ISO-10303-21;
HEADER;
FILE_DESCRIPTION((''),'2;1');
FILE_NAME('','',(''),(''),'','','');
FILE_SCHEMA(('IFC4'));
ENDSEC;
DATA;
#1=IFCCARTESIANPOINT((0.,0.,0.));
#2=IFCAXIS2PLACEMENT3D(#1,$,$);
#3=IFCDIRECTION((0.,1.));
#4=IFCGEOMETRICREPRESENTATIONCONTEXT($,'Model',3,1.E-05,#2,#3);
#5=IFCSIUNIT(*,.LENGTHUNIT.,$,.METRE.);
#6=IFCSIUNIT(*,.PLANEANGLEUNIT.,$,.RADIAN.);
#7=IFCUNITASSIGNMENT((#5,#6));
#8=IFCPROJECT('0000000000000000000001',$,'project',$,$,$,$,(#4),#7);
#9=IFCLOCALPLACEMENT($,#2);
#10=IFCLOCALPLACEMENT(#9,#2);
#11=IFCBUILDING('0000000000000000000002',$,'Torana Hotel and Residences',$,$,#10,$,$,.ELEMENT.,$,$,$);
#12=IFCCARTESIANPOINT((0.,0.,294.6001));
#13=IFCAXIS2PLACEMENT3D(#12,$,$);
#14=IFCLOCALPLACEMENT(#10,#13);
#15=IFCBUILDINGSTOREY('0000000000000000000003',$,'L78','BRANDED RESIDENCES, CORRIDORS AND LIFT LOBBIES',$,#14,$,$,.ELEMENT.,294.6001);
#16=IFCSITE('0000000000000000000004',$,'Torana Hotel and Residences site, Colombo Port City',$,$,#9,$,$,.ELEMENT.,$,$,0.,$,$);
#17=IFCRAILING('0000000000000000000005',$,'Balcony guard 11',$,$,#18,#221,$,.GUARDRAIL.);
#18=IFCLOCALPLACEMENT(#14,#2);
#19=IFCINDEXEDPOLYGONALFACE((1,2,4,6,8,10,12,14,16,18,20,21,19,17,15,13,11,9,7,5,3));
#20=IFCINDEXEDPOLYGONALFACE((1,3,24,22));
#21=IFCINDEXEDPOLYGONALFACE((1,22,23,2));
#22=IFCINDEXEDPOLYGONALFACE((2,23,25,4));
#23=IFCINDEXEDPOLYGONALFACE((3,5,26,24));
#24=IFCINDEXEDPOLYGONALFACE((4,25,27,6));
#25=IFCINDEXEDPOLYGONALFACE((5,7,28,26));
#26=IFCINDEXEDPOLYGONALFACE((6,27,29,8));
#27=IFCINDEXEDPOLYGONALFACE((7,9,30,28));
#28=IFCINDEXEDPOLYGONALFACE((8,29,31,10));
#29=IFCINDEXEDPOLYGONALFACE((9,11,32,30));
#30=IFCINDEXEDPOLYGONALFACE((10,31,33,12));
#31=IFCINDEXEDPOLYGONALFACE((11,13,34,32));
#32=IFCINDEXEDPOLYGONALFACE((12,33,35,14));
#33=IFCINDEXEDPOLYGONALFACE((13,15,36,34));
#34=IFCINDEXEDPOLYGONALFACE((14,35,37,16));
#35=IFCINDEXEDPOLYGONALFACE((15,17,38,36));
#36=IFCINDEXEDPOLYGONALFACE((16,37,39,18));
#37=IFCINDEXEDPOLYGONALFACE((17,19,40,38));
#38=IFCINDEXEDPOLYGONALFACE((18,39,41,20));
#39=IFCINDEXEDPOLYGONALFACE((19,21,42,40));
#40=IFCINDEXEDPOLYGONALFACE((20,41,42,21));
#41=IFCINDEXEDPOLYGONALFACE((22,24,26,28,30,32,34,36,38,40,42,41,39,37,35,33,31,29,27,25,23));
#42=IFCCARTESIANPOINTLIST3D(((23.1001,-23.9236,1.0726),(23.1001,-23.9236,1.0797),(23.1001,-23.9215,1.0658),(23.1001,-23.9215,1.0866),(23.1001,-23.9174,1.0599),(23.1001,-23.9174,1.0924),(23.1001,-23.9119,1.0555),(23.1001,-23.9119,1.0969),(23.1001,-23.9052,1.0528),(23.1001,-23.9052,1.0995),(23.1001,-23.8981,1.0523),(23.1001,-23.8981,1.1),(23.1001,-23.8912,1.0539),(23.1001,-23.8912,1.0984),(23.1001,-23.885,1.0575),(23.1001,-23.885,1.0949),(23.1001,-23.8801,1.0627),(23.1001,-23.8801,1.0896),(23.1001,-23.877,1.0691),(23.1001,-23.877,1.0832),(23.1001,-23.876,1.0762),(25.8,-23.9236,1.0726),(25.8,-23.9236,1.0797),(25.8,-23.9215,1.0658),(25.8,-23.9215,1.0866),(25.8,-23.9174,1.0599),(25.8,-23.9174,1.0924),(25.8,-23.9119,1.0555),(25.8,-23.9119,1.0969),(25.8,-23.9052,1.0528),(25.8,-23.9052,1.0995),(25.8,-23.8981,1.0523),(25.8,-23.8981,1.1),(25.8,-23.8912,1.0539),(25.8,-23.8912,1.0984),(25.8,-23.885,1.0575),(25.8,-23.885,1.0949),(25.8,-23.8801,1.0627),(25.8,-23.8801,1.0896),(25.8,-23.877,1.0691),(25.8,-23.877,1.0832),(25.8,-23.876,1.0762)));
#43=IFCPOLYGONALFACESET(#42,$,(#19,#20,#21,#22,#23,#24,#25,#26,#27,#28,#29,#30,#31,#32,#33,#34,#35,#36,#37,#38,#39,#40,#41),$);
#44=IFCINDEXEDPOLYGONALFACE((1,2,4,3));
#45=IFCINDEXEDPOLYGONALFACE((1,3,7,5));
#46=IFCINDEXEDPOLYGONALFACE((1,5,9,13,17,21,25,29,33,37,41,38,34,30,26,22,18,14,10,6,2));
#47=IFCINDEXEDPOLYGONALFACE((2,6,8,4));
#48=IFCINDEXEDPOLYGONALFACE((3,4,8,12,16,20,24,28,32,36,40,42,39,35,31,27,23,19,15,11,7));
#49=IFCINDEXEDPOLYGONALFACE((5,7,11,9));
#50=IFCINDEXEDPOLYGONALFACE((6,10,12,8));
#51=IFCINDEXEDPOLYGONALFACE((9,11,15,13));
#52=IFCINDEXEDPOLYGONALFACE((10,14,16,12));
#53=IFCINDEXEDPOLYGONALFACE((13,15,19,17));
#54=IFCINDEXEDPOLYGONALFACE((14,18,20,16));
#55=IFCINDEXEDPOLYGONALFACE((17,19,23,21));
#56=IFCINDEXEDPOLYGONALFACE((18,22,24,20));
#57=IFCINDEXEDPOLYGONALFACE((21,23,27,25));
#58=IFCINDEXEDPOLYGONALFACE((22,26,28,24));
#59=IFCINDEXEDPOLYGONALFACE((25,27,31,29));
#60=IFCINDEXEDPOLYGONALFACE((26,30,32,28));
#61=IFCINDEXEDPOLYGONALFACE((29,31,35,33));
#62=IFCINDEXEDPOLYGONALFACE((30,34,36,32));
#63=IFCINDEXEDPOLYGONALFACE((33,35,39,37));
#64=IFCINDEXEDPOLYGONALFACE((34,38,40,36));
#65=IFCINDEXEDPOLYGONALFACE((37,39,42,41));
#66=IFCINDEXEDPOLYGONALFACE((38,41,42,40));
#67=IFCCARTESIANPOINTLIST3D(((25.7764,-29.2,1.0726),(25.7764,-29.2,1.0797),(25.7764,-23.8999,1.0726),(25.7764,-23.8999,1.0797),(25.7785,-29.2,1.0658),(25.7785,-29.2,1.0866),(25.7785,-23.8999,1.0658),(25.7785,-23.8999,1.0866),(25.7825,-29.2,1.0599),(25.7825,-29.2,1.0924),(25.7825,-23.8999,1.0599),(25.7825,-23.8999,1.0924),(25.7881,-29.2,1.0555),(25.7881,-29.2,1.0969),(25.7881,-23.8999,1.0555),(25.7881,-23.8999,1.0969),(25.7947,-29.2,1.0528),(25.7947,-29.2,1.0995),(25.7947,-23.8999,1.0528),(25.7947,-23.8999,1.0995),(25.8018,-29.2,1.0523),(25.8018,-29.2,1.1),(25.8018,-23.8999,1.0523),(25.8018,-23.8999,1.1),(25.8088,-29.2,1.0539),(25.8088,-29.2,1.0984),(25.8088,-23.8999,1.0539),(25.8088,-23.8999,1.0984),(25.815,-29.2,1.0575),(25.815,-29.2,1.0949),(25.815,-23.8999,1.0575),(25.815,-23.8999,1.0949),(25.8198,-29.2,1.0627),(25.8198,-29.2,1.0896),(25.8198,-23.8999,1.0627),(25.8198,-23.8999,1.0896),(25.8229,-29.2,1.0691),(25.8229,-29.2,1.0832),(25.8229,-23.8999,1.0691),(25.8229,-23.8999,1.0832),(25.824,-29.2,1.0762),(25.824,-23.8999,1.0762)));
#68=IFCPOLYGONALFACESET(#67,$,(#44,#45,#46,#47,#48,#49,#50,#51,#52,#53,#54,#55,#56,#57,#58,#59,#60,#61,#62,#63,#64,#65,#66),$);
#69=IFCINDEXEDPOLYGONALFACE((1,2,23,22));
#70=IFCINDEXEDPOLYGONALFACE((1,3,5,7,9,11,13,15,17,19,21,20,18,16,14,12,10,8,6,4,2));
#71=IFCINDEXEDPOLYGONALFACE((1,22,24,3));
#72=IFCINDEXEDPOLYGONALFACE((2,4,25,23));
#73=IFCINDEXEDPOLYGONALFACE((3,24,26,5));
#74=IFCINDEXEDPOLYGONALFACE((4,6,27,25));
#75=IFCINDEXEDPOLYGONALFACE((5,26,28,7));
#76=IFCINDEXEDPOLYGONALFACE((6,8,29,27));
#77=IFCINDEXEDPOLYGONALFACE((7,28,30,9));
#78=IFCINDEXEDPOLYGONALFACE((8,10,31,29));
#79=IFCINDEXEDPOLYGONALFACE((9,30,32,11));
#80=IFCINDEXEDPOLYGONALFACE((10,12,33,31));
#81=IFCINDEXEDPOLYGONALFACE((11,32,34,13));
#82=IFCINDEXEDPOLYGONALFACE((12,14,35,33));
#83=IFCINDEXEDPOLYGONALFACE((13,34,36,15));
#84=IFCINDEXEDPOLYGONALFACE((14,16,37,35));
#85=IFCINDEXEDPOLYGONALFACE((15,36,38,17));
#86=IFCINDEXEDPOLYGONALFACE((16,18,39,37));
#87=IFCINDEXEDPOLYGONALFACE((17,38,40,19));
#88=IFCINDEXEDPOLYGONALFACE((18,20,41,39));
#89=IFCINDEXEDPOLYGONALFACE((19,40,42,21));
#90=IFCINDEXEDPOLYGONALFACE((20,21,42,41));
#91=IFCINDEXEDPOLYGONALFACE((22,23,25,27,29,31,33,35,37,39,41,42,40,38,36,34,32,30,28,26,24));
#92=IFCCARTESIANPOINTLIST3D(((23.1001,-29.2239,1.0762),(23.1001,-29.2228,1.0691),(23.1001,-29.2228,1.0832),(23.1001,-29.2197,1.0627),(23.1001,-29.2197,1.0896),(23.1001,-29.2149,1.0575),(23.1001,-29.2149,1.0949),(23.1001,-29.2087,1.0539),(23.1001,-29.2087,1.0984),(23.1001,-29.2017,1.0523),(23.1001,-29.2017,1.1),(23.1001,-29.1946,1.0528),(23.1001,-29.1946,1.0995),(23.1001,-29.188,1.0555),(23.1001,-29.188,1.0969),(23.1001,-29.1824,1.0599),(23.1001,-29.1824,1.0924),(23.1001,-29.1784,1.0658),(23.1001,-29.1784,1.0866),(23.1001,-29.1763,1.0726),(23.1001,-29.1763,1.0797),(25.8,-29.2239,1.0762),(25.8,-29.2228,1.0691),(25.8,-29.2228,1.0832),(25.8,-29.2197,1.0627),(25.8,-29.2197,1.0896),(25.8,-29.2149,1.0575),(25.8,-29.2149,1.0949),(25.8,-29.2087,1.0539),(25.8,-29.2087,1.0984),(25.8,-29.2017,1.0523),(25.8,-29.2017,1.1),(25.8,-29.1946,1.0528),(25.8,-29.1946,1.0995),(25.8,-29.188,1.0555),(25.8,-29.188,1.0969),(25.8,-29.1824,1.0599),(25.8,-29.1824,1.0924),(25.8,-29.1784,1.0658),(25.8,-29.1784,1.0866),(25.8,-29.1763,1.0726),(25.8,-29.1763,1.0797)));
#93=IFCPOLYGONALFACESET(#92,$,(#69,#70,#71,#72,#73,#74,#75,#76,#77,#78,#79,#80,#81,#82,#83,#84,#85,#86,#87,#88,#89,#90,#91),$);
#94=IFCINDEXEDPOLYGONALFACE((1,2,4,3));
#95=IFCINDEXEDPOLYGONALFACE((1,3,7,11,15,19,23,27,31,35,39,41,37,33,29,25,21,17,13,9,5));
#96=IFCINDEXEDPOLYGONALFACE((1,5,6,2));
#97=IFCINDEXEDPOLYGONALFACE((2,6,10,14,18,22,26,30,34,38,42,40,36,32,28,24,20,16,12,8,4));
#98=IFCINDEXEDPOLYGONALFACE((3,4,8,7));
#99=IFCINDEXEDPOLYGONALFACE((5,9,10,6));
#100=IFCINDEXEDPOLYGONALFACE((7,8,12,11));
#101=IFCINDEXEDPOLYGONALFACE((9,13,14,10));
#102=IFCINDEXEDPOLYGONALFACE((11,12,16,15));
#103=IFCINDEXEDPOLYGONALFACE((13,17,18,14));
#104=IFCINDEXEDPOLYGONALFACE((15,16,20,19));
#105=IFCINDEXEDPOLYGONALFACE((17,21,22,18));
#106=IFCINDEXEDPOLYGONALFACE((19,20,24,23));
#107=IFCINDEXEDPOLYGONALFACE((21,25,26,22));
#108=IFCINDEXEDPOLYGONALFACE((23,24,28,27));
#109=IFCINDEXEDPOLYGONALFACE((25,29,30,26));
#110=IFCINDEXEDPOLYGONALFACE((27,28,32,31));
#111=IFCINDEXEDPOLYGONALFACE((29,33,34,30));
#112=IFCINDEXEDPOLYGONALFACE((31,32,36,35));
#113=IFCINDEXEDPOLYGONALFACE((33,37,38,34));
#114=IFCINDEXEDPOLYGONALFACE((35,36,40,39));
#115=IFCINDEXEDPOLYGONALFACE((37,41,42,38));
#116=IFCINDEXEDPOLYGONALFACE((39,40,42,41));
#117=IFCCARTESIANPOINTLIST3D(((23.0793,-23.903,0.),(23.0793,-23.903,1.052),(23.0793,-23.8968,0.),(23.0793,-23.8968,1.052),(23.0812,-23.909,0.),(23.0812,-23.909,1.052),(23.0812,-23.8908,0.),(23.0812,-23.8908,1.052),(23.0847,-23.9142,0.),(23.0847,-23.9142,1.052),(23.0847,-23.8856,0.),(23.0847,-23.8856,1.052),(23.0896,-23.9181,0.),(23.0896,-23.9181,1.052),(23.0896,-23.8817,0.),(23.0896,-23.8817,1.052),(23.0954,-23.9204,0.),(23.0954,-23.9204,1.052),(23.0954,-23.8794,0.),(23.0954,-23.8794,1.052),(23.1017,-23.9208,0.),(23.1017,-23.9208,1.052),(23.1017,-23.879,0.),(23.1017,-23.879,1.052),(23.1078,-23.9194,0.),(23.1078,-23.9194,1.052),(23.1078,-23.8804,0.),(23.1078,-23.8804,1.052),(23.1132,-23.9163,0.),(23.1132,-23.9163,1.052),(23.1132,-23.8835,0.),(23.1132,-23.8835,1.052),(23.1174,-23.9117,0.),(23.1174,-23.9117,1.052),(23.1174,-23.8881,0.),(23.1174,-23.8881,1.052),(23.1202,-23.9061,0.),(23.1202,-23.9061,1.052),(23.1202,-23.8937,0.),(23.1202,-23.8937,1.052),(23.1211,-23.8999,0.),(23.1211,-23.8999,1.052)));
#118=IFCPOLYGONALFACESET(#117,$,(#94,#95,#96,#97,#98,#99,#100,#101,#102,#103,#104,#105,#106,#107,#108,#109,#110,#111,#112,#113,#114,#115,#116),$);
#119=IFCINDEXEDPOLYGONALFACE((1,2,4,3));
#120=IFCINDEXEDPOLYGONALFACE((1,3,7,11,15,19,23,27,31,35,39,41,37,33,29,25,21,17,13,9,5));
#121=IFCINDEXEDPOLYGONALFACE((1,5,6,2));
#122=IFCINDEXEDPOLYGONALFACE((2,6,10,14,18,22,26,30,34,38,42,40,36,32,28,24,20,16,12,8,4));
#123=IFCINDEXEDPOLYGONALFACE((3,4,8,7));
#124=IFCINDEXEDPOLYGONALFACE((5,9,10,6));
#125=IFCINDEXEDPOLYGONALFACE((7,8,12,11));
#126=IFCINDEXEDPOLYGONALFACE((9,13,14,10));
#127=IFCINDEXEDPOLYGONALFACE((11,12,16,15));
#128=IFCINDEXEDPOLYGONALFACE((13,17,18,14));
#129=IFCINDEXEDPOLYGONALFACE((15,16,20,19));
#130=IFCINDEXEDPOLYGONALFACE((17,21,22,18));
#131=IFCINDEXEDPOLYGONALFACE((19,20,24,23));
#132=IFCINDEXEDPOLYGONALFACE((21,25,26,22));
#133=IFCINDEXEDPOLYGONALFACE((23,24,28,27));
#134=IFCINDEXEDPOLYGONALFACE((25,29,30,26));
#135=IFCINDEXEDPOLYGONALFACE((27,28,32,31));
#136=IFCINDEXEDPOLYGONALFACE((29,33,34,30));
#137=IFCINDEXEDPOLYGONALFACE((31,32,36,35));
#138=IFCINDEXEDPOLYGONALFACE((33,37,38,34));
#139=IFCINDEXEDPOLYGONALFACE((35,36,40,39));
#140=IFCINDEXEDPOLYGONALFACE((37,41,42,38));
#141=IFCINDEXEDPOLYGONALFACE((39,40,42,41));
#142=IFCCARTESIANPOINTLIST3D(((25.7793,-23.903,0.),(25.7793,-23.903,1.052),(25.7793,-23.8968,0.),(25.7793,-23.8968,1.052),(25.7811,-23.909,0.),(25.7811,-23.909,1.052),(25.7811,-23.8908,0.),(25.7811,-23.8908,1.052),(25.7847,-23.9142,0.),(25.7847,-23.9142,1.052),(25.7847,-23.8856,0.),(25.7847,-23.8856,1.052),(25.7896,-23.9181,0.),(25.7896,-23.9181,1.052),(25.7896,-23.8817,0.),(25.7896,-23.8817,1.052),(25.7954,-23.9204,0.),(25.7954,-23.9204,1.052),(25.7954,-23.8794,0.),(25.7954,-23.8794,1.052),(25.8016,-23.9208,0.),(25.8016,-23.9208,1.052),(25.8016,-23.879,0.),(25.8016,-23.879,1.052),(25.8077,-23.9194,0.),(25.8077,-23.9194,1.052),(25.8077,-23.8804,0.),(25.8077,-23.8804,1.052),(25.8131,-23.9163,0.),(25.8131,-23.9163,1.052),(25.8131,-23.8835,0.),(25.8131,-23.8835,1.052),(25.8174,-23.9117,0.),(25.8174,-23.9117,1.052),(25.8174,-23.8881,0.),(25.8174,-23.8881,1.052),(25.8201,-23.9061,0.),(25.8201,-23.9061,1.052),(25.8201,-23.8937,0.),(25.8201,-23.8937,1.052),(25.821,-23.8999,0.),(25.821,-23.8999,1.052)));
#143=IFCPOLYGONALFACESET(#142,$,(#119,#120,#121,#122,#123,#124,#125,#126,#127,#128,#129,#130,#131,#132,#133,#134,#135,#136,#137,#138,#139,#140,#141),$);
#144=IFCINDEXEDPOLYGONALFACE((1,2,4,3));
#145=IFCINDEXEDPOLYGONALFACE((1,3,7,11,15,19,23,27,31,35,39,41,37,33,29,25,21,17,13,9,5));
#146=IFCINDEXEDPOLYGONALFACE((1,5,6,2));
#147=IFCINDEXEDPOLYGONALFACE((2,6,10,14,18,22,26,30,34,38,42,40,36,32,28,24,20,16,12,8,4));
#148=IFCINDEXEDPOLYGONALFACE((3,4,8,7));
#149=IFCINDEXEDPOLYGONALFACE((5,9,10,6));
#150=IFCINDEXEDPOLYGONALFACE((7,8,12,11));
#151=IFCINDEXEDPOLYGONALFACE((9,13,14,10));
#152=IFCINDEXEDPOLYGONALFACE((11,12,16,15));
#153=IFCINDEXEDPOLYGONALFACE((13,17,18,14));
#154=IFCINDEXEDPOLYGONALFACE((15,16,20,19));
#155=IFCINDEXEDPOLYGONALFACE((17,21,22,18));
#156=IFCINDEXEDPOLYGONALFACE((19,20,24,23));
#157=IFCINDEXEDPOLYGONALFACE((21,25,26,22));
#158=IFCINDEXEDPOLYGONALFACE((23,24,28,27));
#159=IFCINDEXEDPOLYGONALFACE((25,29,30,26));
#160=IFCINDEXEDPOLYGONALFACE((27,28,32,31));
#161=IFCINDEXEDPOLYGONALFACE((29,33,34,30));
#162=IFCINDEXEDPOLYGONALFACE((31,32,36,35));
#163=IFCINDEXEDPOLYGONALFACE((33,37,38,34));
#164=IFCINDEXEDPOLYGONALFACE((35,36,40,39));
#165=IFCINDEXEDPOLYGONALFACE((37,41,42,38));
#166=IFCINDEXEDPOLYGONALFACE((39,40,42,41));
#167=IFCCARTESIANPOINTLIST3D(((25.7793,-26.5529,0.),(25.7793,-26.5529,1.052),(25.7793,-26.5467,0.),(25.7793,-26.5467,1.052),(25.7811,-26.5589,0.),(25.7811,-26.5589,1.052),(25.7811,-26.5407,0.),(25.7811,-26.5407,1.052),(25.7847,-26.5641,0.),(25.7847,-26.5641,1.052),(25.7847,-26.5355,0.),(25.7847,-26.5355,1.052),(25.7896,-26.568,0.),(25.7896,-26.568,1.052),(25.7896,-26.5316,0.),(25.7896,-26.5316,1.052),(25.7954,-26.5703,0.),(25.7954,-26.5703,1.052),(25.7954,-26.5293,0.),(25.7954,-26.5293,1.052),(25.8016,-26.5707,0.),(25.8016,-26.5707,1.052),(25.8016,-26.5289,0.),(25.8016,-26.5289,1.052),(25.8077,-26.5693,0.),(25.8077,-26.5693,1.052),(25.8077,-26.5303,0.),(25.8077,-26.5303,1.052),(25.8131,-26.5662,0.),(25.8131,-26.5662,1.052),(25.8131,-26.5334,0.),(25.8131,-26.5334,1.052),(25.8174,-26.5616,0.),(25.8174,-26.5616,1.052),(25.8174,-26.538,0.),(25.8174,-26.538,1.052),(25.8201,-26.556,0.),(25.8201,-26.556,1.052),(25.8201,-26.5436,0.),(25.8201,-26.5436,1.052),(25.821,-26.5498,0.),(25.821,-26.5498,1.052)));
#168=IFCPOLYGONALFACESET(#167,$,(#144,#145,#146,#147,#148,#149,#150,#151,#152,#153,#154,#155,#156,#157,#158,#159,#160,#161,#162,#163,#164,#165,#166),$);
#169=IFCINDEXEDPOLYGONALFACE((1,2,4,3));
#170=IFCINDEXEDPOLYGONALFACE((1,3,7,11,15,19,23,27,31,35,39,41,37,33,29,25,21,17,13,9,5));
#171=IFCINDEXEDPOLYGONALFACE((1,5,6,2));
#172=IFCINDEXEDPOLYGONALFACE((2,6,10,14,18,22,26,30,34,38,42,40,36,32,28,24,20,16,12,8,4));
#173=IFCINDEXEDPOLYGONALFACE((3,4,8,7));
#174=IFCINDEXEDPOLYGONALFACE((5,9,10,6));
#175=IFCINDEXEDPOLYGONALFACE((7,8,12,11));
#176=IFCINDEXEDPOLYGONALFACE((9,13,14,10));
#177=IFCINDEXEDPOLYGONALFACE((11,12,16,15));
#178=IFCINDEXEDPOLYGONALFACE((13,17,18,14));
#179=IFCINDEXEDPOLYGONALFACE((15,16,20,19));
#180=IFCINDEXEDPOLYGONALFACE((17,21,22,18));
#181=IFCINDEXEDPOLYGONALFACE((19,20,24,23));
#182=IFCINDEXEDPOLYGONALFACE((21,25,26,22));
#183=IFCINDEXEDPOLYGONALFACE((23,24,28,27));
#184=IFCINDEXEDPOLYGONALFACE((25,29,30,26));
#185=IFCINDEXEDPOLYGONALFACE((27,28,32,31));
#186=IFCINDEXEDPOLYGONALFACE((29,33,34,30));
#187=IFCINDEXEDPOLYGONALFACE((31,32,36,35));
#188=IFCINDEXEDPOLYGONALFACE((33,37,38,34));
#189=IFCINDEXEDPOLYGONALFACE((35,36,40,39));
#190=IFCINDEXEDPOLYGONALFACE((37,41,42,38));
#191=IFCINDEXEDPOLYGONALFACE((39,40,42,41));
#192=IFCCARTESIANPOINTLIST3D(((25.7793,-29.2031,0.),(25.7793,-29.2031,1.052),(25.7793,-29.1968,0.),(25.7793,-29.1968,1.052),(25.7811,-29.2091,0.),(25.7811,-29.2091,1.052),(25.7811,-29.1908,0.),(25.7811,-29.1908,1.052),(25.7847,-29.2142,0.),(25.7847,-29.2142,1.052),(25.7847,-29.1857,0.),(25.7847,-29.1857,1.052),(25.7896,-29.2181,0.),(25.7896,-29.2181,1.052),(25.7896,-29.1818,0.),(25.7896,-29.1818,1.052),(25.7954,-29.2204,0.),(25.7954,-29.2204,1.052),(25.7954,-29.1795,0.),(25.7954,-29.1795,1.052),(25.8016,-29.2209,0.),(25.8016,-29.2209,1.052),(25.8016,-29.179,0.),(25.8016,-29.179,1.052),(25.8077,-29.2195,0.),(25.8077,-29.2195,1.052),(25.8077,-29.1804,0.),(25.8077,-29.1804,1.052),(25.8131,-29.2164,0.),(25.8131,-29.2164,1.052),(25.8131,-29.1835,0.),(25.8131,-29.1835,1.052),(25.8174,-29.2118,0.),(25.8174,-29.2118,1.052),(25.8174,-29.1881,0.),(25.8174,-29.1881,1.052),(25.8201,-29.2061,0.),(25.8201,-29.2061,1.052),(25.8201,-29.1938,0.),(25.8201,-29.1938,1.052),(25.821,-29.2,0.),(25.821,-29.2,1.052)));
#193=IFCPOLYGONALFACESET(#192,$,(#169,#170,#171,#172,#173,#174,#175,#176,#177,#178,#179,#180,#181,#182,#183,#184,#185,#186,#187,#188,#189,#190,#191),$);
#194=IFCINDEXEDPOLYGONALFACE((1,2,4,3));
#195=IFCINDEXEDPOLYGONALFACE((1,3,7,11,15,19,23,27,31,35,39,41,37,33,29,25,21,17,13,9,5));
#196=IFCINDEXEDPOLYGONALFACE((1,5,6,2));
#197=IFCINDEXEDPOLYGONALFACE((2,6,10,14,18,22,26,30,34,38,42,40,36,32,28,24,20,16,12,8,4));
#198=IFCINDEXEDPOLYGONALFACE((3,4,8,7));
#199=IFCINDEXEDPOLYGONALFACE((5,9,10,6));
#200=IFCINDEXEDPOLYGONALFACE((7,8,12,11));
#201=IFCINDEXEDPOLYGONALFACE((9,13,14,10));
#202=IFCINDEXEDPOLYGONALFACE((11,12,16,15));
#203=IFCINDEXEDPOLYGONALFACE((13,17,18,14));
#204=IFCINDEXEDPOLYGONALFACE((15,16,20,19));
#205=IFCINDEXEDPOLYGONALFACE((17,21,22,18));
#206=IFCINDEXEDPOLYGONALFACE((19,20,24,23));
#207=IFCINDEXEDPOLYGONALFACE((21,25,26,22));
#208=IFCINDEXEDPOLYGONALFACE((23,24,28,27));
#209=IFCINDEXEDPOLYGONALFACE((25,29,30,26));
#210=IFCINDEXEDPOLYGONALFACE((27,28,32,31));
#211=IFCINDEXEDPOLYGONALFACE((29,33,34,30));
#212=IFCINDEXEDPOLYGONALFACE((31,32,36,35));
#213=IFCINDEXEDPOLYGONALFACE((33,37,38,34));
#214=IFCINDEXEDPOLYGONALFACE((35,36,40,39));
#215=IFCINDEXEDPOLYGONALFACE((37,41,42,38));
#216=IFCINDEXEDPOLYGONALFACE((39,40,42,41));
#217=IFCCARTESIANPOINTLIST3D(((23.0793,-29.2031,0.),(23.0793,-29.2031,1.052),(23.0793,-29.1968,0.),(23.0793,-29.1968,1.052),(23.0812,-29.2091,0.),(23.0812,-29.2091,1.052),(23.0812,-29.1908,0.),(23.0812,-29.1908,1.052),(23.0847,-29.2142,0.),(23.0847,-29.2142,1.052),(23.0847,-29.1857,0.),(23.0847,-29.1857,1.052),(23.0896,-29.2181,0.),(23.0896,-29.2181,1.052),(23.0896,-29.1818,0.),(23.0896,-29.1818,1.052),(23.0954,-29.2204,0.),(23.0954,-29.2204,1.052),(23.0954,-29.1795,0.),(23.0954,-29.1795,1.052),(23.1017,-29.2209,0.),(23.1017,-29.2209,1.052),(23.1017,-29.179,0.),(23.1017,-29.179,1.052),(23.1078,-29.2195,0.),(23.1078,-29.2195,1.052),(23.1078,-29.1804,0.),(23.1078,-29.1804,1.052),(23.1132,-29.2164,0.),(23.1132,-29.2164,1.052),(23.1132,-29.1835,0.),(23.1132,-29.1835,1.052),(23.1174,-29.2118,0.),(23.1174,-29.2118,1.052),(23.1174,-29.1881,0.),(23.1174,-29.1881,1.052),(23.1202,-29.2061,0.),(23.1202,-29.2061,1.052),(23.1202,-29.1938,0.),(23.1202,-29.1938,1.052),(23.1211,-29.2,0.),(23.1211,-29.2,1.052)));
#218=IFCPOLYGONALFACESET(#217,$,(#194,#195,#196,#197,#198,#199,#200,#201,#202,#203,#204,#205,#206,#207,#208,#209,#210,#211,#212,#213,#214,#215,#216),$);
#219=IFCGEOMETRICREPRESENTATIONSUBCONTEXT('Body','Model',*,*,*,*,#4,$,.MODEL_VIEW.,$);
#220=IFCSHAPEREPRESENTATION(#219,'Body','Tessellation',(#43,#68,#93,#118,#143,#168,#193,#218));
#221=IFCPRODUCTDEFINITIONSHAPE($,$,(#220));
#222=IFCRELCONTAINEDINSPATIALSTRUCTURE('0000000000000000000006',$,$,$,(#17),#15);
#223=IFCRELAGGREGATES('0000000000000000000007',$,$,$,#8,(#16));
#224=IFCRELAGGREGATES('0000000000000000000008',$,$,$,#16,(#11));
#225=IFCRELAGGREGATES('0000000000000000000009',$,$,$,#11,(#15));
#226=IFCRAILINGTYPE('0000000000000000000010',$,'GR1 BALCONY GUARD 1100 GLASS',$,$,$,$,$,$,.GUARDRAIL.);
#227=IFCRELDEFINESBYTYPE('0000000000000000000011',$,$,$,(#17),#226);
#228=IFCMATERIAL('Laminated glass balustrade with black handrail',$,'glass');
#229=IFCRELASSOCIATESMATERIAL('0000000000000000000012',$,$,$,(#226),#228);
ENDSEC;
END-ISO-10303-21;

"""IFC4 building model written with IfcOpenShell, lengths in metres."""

from ifc_helpers import new_model, si_unit, direction, frame, origin, origin_2d, place, context, subcontext, project, spatial, circle, extrude, material, type_object, element, save


model = new_model("IFC4")

# Units and contexts
model_context = context("Model", 3, precision=1e-05, world=origin(), true_north=direction((0.0, 1.0)))
body_context = subcontext(model_context, "Body", "Model", "MODEL_VIEW")
ifc_project = project(units=[si_unit("LENGTHUNIT", "METRE"), si_unit("PLANEANGLEUNIT", "RADIAN")], contexts=[model_context])

# Site, building, storey
site_placement = place(None, origin())
site = spatial("IfcSite", under=ifc_project, at=site_placement, Name="Torana Hotel and Residences site, Colombo Port City", CompositionType="ELEMENT", RefElevation=0.0)
building_placement = place(site_placement, origin())
building = spatial("IfcBuilding", under=site, at=building_placement, Name="Torana Hotel and Residences", CompositionType="ELEMENT")
storey_placement = place(building_placement, frame((0.0, 0.0, 294.6001)))
storey = spatial("IfcBuildingStorey", under=building, at=storey_placement, Name="L78", Description="BRANDED RESIDENCES, CORRIDORS AND LIFT LOBBIES", CompositionType="ELEMENT", Elevation=294.6001)

# Railing
ifc_material_1 = material(Name="Laminated glass balustrade with black handrail", Category="glass")
railing_type = type_object("IfcRailingType", Name="GR1 BALCONY GUARD 1100 GLASS", PredefinedType="GUARDRAIL", material=ifc_material_1)
railing_1_placement = place(storey_placement, frame((23.1001, -23.8999, 0.0)))
element("IfcRailing", 1, at=railing_1_placement, inside=storey, type_object=railing_type, Name="Balcony guard 11", PredefinedType="GUARDRAIL", context=body_context, shape_type="SweptSolid", body=[
    extrude(circle(Radius=0.0239, at=origin_2d()), frame((0.0, 0.0, 1.0762), z_axis=(1.0, 0.0, 0.0), x_axis=(0.0, 1.0, 0.0)), (0.0, 0.0, 1.0), 2.7),
    extrude(circle(Radius=0.0239, at=origin_2d()), frame((2.7, 0.0, 1.0762), z_axis=(0.0, -1.0, 0.0), x_axis=(1.0, 0.0, 0.0)), (0.0, 0.0, 1.0), 5.3),
    extrude(circle(Radius=0.0239, at=origin_2d()), frame((2.7, -5.3, 1.0762), z_axis=(-1.0, 0.0, 0.0), x_axis=(0.0, -1.0, 0.0)), (0.0, 0.0, 1.0), 2.7),
    extrude(circle(Radius=0.021, at=origin_2d()), origin(), (0.0, 0.0, 1.0), 1.052),
    extrude(circle(Radius=0.021, at=origin_2d()), frame((2.7, 0.0, 0.0)), (0.0, 0.0, 1.0), 1.052),
    extrude(circle(Radius=0.021, at=origin_2d()), frame((2.7, -2.6499, 0.0)), (0.0, 0.0, 1.0), 1.052),
    extrude(circle(Radius=0.021, at=origin_2d()), frame((2.7, -5.3, 0.0)), (0.0, 0.0, 1.0), 1.052),
    extrude(circle(Radius=0.021, at=origin_2d()), frame((0.0, -5.3, 0.0)), (0.0, 0.0, 1.0), 1.052),
])

save(model, "model.ifc")
